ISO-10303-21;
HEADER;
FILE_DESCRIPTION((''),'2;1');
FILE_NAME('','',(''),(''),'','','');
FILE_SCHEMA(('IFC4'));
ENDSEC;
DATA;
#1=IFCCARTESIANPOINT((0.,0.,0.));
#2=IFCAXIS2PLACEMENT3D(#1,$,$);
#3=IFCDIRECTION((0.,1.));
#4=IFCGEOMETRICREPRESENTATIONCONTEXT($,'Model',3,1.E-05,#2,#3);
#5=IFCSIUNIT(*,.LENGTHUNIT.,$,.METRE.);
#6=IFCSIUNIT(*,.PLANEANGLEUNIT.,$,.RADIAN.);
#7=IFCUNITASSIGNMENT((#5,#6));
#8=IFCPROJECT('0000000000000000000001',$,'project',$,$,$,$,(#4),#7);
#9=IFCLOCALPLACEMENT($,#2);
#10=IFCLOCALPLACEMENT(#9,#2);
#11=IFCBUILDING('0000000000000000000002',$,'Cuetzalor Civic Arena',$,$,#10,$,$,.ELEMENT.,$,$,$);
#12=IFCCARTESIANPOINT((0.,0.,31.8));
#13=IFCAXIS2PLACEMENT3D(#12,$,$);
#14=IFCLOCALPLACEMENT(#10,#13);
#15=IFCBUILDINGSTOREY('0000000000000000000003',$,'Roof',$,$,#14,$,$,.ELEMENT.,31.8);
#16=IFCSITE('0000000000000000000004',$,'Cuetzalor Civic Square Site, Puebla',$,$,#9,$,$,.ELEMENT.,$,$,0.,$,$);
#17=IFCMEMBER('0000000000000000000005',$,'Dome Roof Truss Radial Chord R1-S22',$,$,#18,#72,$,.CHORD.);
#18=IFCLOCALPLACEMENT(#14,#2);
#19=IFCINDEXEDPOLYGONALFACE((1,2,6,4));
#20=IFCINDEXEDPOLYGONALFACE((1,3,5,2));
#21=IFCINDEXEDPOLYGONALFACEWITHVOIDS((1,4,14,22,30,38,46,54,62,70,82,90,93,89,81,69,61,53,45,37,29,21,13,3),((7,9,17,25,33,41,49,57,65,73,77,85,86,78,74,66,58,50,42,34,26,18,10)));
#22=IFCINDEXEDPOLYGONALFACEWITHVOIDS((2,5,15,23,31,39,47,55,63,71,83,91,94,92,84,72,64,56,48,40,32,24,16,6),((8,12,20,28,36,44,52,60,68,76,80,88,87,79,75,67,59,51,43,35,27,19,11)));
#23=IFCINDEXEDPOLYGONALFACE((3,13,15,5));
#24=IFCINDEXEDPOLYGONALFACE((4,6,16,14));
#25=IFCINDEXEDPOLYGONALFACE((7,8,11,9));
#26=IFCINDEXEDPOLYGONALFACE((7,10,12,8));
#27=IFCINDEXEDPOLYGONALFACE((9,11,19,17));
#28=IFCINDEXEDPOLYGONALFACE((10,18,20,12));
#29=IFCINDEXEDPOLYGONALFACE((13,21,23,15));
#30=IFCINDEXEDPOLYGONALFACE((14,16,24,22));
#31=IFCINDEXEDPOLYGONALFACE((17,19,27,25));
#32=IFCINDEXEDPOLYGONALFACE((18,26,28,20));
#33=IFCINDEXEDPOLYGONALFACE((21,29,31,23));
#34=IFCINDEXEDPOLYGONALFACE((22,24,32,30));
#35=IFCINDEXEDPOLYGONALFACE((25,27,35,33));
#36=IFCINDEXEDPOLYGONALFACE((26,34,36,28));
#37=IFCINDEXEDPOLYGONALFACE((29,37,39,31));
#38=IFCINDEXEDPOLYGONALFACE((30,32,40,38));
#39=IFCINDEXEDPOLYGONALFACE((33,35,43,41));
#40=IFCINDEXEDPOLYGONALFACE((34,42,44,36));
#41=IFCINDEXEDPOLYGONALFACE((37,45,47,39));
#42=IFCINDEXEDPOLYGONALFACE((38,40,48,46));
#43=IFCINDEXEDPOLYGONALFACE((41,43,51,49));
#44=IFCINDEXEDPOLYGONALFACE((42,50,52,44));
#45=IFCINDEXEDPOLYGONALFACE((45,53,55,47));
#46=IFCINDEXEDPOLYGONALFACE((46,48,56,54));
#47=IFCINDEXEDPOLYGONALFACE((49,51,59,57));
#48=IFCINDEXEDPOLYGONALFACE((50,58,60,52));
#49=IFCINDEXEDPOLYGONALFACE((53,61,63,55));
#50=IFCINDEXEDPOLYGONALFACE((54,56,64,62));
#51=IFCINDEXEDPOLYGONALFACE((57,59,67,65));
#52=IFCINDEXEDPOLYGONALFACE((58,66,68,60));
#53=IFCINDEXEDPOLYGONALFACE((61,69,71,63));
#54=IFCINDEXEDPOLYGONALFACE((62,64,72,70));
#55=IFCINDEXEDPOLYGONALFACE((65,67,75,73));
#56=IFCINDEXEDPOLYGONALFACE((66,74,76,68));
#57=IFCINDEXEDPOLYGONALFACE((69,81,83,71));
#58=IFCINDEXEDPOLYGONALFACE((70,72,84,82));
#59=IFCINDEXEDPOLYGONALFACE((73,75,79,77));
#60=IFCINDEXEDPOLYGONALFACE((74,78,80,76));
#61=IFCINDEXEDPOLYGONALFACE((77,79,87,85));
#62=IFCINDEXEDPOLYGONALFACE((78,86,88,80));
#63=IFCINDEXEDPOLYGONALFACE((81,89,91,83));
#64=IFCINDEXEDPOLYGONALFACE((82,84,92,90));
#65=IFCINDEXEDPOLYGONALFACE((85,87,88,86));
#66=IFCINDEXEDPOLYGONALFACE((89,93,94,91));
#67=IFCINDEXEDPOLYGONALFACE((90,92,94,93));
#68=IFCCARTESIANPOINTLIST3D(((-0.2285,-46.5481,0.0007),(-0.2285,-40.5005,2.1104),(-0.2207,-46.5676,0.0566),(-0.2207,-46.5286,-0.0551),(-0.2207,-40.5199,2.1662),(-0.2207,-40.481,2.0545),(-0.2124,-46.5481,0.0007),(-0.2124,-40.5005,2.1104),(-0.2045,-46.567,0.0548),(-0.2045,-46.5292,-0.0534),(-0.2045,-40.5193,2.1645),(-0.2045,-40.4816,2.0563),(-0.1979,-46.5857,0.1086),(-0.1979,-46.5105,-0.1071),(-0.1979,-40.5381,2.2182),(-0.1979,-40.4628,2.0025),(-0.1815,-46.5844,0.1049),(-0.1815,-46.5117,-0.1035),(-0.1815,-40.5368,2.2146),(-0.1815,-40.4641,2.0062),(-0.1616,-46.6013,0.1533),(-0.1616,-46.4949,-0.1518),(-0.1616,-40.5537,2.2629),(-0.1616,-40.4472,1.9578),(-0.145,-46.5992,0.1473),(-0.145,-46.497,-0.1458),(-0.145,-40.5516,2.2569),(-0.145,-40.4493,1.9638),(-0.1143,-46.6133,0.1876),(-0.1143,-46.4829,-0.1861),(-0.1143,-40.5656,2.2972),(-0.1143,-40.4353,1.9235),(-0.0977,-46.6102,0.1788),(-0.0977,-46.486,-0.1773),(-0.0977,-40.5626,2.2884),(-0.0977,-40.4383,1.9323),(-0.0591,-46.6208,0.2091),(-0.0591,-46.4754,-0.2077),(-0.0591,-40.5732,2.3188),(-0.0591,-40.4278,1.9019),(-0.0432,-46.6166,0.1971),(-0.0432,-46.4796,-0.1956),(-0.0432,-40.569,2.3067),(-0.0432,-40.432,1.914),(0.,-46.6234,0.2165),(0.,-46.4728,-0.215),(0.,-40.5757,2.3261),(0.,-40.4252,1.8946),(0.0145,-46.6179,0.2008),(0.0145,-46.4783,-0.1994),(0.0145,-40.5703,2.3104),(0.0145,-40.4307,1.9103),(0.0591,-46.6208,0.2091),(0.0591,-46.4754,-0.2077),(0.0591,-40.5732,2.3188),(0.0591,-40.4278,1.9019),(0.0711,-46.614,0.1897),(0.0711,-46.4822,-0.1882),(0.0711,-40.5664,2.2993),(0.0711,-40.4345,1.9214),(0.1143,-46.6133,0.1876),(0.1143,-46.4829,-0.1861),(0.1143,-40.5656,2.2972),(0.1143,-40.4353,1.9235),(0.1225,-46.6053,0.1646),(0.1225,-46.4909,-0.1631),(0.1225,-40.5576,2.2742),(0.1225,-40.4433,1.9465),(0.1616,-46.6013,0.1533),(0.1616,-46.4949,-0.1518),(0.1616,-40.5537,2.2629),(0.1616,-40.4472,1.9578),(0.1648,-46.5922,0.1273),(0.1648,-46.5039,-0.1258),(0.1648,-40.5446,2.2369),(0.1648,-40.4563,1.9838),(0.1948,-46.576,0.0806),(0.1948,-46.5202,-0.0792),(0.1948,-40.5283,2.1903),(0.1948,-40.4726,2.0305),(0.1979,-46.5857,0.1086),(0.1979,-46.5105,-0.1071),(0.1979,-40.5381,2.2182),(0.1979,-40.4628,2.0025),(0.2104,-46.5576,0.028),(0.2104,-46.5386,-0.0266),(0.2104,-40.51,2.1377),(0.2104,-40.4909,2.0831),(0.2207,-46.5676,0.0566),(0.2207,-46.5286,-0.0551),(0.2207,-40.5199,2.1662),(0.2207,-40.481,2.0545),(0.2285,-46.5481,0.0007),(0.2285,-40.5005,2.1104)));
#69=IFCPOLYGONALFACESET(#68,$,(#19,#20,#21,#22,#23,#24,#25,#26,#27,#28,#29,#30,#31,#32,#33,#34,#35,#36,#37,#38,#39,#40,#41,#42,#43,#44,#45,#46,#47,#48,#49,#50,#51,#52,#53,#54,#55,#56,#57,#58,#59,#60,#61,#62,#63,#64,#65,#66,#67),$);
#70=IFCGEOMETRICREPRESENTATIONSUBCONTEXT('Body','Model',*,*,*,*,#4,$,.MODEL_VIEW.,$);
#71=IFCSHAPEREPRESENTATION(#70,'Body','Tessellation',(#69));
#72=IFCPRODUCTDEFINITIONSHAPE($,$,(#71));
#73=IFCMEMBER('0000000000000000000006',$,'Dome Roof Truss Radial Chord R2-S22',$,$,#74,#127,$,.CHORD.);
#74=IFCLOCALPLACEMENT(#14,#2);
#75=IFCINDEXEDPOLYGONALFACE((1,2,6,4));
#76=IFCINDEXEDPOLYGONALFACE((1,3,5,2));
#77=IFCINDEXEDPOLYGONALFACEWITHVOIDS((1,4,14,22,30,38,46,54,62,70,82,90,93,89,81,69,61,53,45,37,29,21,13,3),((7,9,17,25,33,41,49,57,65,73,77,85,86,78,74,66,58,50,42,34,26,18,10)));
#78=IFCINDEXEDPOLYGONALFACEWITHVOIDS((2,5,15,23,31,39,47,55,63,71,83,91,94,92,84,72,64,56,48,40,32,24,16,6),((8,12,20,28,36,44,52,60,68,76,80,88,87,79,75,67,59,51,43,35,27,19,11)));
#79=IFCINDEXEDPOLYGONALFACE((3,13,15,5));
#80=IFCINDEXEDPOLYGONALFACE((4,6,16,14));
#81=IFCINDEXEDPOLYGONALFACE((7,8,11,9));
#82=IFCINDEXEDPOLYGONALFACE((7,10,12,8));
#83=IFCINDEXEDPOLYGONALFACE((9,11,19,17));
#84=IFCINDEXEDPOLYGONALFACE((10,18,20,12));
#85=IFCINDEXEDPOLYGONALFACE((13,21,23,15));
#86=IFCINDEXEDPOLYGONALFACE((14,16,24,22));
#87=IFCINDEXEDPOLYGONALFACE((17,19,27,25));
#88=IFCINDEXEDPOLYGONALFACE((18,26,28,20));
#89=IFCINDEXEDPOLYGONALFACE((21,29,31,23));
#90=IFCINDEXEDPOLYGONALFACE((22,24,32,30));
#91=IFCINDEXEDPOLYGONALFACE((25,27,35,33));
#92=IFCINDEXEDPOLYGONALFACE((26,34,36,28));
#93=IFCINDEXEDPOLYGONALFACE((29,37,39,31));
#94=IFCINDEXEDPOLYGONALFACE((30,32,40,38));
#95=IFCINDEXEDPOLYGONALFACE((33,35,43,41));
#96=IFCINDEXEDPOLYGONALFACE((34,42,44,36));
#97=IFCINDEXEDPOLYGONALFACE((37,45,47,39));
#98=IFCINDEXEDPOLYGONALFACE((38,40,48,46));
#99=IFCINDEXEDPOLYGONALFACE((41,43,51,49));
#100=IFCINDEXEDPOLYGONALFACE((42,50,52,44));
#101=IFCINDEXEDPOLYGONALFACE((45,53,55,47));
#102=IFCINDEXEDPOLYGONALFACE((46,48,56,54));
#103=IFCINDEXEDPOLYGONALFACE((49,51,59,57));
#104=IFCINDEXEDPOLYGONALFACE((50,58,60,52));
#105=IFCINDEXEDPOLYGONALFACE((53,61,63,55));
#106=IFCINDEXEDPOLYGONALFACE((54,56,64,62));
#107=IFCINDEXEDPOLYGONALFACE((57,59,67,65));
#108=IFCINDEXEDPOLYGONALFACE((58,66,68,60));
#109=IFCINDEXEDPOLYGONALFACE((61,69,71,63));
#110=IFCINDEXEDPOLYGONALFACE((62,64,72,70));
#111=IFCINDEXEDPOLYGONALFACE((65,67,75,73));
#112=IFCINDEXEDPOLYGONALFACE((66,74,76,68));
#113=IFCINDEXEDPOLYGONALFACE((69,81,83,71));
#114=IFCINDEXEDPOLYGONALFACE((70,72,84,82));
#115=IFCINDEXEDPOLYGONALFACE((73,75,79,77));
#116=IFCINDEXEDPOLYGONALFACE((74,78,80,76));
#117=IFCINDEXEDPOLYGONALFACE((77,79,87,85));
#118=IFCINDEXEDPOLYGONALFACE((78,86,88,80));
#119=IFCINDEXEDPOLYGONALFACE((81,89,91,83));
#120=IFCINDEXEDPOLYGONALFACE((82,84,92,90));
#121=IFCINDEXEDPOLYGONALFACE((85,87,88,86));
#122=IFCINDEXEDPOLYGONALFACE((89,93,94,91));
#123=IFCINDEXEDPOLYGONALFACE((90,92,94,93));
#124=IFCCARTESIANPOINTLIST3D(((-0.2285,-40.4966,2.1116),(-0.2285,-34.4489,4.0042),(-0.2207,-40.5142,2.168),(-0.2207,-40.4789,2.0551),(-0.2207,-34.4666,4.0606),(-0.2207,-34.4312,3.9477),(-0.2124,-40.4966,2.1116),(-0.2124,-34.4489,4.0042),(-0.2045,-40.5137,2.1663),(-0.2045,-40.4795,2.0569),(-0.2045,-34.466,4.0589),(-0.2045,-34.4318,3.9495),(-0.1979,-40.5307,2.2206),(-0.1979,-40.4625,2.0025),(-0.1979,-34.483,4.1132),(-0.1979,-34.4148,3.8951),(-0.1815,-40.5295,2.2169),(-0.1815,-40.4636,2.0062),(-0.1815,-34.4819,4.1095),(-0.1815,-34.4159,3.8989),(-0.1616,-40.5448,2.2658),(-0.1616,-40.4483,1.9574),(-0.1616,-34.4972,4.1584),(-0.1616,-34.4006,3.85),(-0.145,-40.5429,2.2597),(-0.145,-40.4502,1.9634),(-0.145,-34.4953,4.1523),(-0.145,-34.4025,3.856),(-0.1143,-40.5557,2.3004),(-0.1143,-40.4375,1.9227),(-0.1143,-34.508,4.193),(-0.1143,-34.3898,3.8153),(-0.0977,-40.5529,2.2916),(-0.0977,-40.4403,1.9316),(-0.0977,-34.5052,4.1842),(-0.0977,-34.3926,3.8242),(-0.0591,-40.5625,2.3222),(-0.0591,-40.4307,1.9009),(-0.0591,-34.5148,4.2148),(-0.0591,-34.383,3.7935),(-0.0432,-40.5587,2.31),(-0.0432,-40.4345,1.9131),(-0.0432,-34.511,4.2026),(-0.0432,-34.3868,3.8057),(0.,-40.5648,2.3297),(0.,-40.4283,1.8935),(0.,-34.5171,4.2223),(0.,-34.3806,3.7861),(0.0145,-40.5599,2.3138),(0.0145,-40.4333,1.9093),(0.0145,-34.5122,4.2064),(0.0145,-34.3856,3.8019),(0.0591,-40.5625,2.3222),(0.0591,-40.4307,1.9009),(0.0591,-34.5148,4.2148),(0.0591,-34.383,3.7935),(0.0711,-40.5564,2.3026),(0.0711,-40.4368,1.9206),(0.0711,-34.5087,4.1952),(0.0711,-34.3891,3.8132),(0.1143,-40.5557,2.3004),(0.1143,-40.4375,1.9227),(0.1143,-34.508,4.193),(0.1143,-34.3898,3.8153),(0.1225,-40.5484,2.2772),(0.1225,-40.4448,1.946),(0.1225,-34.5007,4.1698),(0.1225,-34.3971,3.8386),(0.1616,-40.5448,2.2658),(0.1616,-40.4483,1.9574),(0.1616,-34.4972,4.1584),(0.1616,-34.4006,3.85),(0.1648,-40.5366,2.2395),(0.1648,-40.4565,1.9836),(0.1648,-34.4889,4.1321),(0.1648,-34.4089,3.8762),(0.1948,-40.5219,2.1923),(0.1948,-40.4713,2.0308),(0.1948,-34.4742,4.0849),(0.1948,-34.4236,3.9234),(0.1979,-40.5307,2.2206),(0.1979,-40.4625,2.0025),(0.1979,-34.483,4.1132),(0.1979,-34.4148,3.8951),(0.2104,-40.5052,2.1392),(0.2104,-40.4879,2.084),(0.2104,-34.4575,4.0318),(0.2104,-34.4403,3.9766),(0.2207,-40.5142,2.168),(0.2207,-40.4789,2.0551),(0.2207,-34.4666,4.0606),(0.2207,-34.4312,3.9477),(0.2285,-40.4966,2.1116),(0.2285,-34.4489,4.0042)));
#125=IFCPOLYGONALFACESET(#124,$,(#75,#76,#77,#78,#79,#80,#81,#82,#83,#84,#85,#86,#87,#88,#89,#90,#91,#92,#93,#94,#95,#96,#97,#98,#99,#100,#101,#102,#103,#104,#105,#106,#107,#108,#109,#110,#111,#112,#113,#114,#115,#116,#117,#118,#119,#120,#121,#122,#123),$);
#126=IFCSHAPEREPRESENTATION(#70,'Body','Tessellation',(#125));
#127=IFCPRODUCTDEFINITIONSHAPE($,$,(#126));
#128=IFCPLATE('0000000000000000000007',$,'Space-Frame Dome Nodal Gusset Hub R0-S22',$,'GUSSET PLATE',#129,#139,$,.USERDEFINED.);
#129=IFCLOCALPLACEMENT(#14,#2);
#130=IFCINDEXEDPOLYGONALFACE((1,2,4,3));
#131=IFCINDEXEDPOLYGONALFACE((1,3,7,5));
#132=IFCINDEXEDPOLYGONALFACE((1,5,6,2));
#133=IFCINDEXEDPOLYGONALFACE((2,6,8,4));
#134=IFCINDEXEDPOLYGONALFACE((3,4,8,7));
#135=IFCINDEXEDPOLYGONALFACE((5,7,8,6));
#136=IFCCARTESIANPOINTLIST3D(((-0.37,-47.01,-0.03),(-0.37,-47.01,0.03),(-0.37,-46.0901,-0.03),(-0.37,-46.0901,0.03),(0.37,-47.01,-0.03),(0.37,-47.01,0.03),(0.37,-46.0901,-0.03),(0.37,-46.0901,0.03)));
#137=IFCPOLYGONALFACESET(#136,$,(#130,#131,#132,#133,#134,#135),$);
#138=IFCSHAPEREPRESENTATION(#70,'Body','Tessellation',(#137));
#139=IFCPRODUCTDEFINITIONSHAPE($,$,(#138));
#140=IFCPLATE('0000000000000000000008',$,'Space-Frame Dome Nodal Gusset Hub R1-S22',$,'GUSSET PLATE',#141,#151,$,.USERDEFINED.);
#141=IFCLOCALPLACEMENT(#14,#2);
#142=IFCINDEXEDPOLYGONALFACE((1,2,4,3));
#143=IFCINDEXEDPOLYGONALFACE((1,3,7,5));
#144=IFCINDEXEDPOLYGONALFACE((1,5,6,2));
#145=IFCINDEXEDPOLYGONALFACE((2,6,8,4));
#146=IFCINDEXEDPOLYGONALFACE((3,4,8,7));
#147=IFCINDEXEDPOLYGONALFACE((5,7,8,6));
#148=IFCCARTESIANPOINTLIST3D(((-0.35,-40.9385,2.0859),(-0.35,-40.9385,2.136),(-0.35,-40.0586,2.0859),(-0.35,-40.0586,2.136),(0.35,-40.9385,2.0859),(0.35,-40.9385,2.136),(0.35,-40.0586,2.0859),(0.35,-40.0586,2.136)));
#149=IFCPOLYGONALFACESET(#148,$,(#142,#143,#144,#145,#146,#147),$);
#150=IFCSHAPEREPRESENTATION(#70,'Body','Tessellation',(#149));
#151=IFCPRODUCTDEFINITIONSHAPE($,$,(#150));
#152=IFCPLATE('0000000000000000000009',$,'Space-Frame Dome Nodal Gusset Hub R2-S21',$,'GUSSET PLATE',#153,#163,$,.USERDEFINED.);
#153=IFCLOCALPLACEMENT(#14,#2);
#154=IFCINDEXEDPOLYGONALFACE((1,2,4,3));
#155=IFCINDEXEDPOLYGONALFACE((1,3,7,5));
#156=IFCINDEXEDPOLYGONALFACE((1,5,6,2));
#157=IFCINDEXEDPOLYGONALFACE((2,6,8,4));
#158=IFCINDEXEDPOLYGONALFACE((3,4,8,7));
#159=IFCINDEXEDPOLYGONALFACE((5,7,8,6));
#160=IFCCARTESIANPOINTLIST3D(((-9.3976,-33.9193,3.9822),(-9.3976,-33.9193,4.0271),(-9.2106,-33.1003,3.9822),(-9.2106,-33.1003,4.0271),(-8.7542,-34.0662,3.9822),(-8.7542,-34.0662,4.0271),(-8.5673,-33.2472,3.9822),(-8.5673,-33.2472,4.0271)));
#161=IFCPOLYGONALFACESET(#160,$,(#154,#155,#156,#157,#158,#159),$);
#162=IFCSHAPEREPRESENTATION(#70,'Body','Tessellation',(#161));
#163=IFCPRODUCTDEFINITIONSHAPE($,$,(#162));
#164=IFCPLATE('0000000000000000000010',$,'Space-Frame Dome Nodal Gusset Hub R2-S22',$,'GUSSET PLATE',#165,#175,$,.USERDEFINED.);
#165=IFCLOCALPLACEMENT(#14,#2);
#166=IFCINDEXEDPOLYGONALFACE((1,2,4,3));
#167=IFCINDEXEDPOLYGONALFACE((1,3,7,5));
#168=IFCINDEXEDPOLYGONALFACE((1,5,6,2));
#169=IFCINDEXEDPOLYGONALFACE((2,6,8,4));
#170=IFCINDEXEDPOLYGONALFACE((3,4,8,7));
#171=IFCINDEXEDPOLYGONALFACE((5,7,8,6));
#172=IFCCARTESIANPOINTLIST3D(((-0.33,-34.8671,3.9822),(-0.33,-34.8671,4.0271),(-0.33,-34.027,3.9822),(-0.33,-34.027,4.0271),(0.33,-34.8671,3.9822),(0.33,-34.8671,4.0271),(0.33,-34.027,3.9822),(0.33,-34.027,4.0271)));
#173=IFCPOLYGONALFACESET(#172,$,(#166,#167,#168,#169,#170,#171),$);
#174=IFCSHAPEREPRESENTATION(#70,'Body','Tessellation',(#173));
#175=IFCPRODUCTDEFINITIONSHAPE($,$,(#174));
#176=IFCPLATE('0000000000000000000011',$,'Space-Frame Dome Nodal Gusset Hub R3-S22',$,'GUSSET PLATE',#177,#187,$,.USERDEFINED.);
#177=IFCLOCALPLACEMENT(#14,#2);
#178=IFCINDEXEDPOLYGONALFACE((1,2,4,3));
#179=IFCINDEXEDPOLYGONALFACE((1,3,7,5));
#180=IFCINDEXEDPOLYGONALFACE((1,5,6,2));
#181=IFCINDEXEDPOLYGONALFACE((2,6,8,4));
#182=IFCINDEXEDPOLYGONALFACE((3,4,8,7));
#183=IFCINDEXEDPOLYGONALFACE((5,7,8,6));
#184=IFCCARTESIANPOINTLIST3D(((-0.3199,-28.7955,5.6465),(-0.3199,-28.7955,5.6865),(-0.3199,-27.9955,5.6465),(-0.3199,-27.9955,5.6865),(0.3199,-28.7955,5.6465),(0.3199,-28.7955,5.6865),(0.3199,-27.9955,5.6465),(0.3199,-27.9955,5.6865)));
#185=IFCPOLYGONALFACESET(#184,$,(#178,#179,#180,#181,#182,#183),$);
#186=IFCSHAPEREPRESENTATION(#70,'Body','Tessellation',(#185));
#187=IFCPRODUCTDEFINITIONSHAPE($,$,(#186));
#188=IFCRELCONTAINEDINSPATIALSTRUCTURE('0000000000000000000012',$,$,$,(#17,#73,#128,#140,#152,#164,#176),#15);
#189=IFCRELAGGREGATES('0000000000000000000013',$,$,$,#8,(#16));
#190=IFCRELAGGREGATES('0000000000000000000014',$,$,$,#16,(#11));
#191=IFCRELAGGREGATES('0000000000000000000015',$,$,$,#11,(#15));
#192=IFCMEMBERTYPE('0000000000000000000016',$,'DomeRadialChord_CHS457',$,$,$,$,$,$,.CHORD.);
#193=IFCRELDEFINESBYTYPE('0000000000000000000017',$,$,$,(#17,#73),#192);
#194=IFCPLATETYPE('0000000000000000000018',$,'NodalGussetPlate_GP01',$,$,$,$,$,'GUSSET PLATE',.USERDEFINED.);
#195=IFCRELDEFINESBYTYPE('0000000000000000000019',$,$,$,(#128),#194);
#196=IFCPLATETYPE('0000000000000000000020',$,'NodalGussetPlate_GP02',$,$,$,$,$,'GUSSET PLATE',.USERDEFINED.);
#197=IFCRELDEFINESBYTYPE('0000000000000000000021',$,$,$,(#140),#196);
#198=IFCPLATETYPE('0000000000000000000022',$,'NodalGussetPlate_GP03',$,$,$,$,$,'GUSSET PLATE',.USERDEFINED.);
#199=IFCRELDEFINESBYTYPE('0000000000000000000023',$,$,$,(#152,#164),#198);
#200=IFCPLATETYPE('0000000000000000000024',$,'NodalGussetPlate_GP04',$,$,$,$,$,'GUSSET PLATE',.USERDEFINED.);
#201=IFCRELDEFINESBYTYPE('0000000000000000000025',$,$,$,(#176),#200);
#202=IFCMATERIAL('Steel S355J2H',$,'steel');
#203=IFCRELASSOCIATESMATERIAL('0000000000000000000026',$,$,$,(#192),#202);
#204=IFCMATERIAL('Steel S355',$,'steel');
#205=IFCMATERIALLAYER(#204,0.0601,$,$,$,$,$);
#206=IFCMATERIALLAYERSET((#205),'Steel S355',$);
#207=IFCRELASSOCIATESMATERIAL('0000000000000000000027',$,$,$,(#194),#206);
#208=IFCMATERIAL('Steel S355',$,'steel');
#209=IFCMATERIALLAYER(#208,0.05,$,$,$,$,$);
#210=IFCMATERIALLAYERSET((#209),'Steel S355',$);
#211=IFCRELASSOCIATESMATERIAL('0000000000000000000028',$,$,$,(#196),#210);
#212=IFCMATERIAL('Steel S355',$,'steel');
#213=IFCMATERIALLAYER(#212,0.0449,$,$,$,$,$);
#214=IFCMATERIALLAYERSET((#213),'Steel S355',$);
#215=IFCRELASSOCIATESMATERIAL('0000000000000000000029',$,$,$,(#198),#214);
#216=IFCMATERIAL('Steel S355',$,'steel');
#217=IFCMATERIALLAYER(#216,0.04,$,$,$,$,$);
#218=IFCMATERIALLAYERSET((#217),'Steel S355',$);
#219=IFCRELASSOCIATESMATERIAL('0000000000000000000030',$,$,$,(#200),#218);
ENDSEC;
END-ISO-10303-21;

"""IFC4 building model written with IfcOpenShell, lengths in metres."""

from ifc_helpers import new_model, si_unit, direction, frame, origin, origin_2d, place, context, subcontext, project, spatial, rectangle, hollow_circle, extrude, material, layer, layer_set, material_profile, profile_set, type_object, element, save


model = new_model("IFC4")

# Units and contexts
model_context = context("Model", 3, precision=1e-05, world=origin(), true_north=direction((0.0, 1.0)))
body_context = subcontext(model_context, "Body", "Model", "MODEL_VIEW")
ifc_project = project(units=[si_unit("LENGTHUNIT", "METRE"), si_unit("PLANEANGLEUNIT", "RADIAN")], contexts=[model_context])

# Site, building, storey
site_placement = place(None, origin())
site = spatial("IfcSite", under=ifc_project, at=site_placement, Name="Cuetzalor Civic Square Site, Puebla", CompositionType="ELEMENT", RefElevation=0.0)
building_placement = place(site_placement, origin())
building = spatial("IfcBuilding", under=site, at=building_placement, Name="Cuetzalor Civic Arena", CompositionType="ELEMENT")
storey_placement = place(building_placement, frame((0.0, 0.0, 31.8)))
storey = spatial("IfcBuildingStorey", under=building, at=storey_placement, Name="Roof", CompositionType="ELEMENT", Elevation=31.8)

# Members
ifc_material_1 = material(Name="Steel S355J2H", Category="steel")
ifc_material_profile_1 = material_profile(ifc_material_1, hollow_circle(Radius=0.2285, WallThickness=0.0161, at=origin_2d()), Name="CHS 457x16")
ifc_profile_set_1 = profile_set([ifc_material_profile_1], Name="Steel S355J2H")
member_type_1 = type_object("IfcMemberType", Name="DomeRadialChord_CHS457", PredefinedType="CHORD", material=ifc_profile_set_1)
member_1_placement = place(storey_placement, frame((0.0, -46.5481, 0.0007), z_axis=(0.0, 0.944201, 0.329371), x_axis=(-1.0, 0.0, 0.0)))
element("IfcMember", 1, at=member_1_placement, inside=storey, type_object=member_type_1, Name="Dome Roof Truss Radial Chord R1-S22", PredefinedType="CHORD", context=body_context, shape_type="SweptSolid", body=[
    extrude(hollow_circle(Radius=0.2285, WallThickness=0.0161, at=origin_2d()), origin(), (0.0, 0.0, 1.0), 6.405),
])
member_2_placement = place(storey_placement, frame((0.0, -40.4966, 2.1116), z_axis=(0.0, 0.954359, 0.298663), x_axis=(-1.0, 0.0, 0.0)))
element("IfcMember", 2, at=member_2_placement, inside=storey, type_object=member_type_1, Name="Dome Roof Truss Radial Chord R2-S22", PredefinedType="CHORD", context=body_context, shape_type="SweptSolid", body=[
    extrude(hollow_circle(Radius=0.2285, WallThickness=0.0161, at=origin_2d()), origin(), (0.0, 0.0, 1.0), 6.3369),
])

# Plates
ifc_material_2 = material(Name="Steel S355", Category="steel")
ifc_layer_1 = layer(ifc_material_2, 0.0601)
ifc_layer_set_1 = layer_set([ifc_layer_1], Name="Steel S355")
plate_type_1 = type_object("IfcPlateType", Name="NodalGussetPlate_GP01", ElementType="GUSSET PLATE", PredefinedType="USERDEFINED", material=ifc_layer_set_1)
plate_1_placement = place(storey_placement, frame((0.0, -46.55, -0.03), z_axis=(0.0, 0.0, 1.0), x_axis=(0.0, -1.0, 0.0)))
element("IfcPlate", 3, at=plate_1_placement, inside=storey, type_object=plate_type_1, Name="Space-Frame Dome Nodal Gusset Hub R0-S22", ObjectType="GUSSET PLATE", PredefinedType="USERDEFINED", context=body_context, shape_type="SweptSolid", body=[
    extrude(rectangle(XDim=0.9199, YDim=0.74, at=origin_2d()), origin(), (0.0, 0.0, 1.0), 0.0601),
])
ifc_material_3 = material(Name="Steel S355", Category="steel")
ifc_layer_2 = layer(ifc_material_3, 0.05)
ifc_layer_set_2 = layer_set([ifc_layer_2], Name="Steel S355")
plate_type_2 = type_object("IfcPlateType", Name="NodalGussetPlate_GP02", ElementType="GUSSET PLATE", PredefinedType="USERDEFINED", material=ifc_layer_set_2)
plate_2_placement = place(storey_placement, frame((0.0, -40.4985, 2.0859), z_axis=(0.0, 0.0, 1.0), x_axis=(0.0, -1.0, 0.0)))
element("IfcPlate", 4, at=plate_2_placement, inside=storey, type_object=plate_type_2, Name="Space-Frame Dome Nodal Gusset Hub R1-S22", ObjectType="GUSSET PLATE", PredefinedType="USERDEFINED", context=body_context, shape_type="SweptSolid", body=[
    extrude(rectangle(XDim=0.8799, YDim=0.7, at=origin_2d()), origin(), (0.0, 0.0, 1.0), 0.05),
])
ifc_material_4 = material(Name="Steel S355", Category="steel")
ifc_layer_3 = layer(ifc_material_4, 0.0449)
ifc_layer_set_3 = layer_set([ifc_layer_3], Name="Steel S355")
plate_type_3 = type_object("IfcPlateType", Name="NodalGussetPlate_GP03", ElementType="GUSSET PLATE", PredefinedType="USERDEFINED", material=ifc_layer_set_3)
for number, where, z_axis, x_axis, name in (
    (5, (-8.9824, -33.5833, 3.9822), (0.0, 0.0, 1.0), (-0.22257, -0.974917, 0.0), "Space-Frame Dome Nodal Gusset Hub R2-S21"),
    (6, (0.0, -34.447, 3.9822), (0.0, 0.0, 1.0), (0.0, -1.0, 0.0), "Space-Frame Dome Nodal Gusset Hub R2-S22"),
):
    element("IfcPlate", number, at=place(storey_placement, frame(where, z_axis=z_axis, x_axis=x_axis)), inside=storey, type_object=plate_type_3, Name=name, ObjectType="GUSSET PLATE", PredefinedType="USERDEFINED", context=body_context, shape_type="SweptSolid", body=[
        extrude(rectangle(XDim=0.8401, YDim=0.6599, at=origin_2d()), origin(), (0.0, 0.0, 1.0), 0.0449),
    ])
ifc_material_5 = material(Name="Steel S355", Category="steel")
ifc_layer_4 = layer(ifc_material_5, 0.04)
ifc_layer_set_4 = layer_set([ifc_layer_4], Name="Steel S355")
plate_type_4 = type_object("IfcPlateType", Name="NodalGussetPlate_GP04", ElementType="GUSSET PLATE", PredefinedType="USERDEFINED", material=ifc_layer_set_4)
plate_3_placement = place(storey_placement, frame((0.0, -28.3955, 5.6465), z_axis=(0.0, 0.0, 1.0), x_axis=(0.0, -1.0, 0.0)))
element("IfcPlate", 7, at=plate_3_placement, inside=storey, type_object=plate_type_4, Name="Space-Frame Dome Nodal Gusset Hub R3-S22", ObjectType="GUSSET PLATE", PredefinedType="USERDEFINED", context=body_context, shape_type="SweptSolid", body=[
    extrude(rectangle(XDim=0.8, YDim=0.6399, at=origin_2d()), origin(), (0.0, 0.0, 1.0), 0.04),
])

save(model, "model.ifc")
